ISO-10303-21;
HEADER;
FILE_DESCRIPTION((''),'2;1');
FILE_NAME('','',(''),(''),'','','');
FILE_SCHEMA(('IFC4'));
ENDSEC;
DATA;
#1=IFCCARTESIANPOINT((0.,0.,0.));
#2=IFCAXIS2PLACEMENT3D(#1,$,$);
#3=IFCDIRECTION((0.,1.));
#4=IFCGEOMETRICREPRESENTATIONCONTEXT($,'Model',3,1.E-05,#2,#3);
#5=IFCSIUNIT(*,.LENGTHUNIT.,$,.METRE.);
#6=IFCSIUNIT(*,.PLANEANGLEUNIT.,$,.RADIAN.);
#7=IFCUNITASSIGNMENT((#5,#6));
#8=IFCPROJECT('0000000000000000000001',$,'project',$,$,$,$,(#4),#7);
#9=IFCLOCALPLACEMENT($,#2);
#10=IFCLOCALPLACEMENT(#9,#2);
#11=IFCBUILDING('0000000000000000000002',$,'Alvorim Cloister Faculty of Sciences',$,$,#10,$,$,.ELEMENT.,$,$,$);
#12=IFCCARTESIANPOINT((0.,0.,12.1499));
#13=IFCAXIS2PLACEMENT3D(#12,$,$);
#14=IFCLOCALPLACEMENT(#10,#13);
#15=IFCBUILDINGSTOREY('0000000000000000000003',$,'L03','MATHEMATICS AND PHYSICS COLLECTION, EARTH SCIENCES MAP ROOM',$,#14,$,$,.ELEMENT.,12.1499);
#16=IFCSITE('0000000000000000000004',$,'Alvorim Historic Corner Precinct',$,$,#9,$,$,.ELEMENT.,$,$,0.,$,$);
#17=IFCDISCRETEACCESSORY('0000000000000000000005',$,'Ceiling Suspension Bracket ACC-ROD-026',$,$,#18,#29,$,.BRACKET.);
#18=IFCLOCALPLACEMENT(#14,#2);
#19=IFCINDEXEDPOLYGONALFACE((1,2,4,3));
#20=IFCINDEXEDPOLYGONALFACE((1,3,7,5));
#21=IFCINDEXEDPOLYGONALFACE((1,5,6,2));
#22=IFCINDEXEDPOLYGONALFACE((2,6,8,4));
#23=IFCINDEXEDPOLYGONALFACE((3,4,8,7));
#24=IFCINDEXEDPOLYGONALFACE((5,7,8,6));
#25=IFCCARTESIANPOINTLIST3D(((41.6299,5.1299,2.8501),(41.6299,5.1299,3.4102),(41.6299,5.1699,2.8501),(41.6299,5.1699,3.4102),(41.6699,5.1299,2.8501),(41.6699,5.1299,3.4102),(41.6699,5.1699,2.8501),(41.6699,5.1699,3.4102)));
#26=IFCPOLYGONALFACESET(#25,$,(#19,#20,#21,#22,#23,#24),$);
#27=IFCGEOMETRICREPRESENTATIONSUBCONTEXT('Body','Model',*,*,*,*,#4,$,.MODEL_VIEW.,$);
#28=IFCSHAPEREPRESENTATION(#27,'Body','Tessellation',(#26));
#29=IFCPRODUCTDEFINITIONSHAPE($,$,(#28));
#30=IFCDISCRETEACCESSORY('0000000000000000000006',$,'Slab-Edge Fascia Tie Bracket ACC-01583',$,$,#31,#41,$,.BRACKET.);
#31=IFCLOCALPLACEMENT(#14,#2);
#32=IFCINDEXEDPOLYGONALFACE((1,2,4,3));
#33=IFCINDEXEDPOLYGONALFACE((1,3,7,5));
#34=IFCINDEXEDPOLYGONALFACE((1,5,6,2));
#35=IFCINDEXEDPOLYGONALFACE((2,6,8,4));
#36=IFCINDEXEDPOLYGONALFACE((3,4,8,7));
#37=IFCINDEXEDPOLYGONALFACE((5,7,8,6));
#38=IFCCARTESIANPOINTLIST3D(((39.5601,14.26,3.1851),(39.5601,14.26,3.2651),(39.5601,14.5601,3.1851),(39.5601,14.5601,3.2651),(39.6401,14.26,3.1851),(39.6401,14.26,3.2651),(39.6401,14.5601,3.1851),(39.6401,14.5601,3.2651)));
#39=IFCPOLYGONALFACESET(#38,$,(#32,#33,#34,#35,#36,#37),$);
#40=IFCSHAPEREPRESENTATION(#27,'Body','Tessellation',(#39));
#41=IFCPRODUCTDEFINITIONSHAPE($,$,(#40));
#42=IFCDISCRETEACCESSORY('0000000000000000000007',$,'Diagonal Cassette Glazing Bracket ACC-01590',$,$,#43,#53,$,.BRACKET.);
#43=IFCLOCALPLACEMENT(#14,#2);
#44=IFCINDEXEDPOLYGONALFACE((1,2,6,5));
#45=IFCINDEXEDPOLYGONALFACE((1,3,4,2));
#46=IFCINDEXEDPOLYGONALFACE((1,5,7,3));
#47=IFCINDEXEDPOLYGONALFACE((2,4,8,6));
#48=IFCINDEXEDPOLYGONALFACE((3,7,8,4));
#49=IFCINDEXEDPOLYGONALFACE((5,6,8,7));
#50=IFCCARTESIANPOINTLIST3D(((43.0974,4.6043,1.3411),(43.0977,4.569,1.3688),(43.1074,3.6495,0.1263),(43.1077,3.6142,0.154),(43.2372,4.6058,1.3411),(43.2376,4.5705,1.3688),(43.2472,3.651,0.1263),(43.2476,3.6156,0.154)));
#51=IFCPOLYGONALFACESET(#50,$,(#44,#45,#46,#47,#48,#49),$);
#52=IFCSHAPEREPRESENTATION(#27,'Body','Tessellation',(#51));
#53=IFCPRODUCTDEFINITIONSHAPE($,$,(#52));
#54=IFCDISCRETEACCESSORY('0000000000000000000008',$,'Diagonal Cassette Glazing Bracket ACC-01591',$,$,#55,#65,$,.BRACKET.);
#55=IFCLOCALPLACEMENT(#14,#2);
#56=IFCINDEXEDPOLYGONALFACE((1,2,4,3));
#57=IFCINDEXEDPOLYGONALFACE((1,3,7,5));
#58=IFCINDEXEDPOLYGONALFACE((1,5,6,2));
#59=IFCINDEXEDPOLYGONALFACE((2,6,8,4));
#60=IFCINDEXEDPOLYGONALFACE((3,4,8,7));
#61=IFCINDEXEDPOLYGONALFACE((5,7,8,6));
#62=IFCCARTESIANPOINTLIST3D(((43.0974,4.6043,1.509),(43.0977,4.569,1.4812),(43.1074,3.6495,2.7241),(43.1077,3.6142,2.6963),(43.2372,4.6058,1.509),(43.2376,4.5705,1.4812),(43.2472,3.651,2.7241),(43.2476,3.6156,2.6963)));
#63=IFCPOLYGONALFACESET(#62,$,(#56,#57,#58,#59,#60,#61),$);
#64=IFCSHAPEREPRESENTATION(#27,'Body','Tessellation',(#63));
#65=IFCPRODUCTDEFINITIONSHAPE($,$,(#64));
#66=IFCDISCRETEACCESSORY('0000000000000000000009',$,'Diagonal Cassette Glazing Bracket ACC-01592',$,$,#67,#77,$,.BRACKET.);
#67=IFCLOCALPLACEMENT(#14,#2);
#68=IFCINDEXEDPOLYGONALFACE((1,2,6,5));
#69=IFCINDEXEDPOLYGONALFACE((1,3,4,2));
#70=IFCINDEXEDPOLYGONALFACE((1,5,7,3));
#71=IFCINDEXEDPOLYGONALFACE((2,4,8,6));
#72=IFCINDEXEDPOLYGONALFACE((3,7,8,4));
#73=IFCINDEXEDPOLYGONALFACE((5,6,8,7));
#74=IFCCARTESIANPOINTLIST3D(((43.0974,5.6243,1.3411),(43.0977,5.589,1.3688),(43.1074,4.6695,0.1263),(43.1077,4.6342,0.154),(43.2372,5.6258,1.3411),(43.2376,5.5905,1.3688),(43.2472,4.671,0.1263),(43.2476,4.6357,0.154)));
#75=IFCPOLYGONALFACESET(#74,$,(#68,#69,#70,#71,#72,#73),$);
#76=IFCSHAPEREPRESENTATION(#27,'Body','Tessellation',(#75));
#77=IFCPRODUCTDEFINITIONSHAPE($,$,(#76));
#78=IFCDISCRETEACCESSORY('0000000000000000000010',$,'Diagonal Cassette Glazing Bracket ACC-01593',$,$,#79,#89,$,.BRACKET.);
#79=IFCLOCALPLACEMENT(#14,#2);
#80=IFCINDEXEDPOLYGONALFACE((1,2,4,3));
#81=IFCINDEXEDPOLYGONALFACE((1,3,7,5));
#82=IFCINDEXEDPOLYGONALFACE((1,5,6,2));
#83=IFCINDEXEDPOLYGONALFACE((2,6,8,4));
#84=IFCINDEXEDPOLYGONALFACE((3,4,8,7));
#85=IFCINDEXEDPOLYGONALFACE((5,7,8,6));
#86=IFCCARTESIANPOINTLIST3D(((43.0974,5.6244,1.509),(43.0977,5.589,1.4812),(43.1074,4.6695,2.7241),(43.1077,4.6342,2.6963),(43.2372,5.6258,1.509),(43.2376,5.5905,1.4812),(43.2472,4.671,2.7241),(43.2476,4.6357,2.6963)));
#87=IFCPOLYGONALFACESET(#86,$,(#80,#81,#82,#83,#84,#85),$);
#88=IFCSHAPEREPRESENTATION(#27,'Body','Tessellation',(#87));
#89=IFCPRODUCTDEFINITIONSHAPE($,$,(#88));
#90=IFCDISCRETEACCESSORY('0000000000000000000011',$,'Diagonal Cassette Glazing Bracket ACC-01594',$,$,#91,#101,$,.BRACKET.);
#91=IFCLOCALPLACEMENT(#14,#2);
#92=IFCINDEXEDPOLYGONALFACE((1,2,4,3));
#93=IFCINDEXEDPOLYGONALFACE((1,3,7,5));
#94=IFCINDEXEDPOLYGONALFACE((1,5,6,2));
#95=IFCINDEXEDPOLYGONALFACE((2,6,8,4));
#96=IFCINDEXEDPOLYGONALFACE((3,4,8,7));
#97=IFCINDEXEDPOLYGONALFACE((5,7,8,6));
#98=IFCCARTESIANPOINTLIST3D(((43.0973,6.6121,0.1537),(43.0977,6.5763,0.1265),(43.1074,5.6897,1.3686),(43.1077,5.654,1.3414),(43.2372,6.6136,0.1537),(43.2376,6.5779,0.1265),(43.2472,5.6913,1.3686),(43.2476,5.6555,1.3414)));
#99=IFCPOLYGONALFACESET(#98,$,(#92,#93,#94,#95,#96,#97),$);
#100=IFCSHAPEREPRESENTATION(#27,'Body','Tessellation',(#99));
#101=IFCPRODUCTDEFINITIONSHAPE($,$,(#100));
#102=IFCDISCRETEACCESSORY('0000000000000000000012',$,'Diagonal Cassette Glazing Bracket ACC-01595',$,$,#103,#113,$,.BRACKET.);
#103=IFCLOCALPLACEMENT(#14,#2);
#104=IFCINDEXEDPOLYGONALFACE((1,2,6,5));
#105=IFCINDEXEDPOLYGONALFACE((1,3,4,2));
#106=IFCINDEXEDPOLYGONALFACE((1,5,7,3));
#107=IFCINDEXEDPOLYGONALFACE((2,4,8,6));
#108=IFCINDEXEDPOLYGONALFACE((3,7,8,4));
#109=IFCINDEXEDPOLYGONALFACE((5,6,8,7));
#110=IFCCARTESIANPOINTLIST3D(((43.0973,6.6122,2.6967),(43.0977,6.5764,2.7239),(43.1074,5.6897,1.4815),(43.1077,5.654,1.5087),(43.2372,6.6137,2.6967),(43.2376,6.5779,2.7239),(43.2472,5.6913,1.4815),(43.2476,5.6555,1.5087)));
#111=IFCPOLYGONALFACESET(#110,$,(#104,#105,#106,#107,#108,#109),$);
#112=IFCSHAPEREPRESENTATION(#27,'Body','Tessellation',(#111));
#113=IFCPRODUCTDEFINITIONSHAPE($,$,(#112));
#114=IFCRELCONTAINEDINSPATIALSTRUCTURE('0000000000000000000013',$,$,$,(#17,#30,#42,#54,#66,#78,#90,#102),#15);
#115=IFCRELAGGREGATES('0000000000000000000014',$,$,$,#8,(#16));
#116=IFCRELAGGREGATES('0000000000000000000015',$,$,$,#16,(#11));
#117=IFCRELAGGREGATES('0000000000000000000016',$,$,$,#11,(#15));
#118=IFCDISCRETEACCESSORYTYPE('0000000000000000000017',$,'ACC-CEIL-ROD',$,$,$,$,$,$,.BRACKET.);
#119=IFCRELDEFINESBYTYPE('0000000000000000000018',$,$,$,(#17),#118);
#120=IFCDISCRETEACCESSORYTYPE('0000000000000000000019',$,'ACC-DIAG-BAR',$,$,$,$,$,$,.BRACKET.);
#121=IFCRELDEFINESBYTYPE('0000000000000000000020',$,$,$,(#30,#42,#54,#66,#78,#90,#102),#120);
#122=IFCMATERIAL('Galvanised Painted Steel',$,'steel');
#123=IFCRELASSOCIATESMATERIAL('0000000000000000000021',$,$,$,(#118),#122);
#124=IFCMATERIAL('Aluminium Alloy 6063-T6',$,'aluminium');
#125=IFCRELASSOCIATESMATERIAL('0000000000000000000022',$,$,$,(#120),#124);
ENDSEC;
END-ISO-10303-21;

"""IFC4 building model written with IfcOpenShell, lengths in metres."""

from ifc_helpers import new_model, si_unit, direction, frame, origin, origin_2d, place, context, subcontext, project, spatial, rectangle, extrude, material, type_object, element, save


model = new_model("IFC4")

# Units and contexts
model_context = context("Model", 3, precision=1e-05, world=origin(), true_north=direction((0.0, 1.0)))
body_context = subcontext(model_context, "Body", "Model", "MODEL_VIEW")
ifc_project = project(units=[si_unit("LENGTHUNIT", "METRE"), si_unit("PLANEANGLEUNIT", "RADIAN")], contexts=[model_context])

# Site, building, storey
site_placement = place(None, origin())
site = spatial("IfcSite", under=ifc_project, at=site_placement, Name="Alvorim Historic Corner Precinct", CompositionType="ELEMENT", RefElevation=0.0)
building_placement = place(site_placement, origin())
building = spatial("IfcBuilding", under=site, at=building_placement, Name="Alvorim Cloister Faculty of Sciences", CompositionType="ELEMENT")
storey_placement = place(building_placement, frame((0.0, 0.0, 12.1499)))
storey = spatial("IfcBuildingStorey", under=building, at=storey_placement, Name="L03", Description="MATHEMATICS AND PHYSICS COLLECTION, EARTH SCIENCES MAP ROOM", CompositionType="ELEMENT", Elevation=12.1499)

# Shared definitions
ifc_material_1 = material(Name="Aluminium Alloy 6063-T6", Category="aluminium")

# Discrete accessories
ifc_material_2 = material(Name="Galvanised Painted Steel", Category="steel")
discrete_accessory_type_1 = type_object("IfcDiscreteAccessoryType", Name="ACC-CEIL-ROD", PredefinedType="BRACKET", material=ifc_material_2)
discrete_accessory_1_placement = place(storey_placement, frame((41.6499, 5.1499, 2.8501), z_axis=(0.0, 0.0, 1.0), x_axis=(1.0, 0.0, 0.0)))
element("IfcDiscreteAccessory", 1, at=discrete_accessory_1_placement, inside=storey, type_object=discrete_accessory_type_1, Name="Ceiling Suspension Bracket ACC-ROD-026", PredefinedType="BRACKET", context=body_context, shape_type="SweptSolid", body=[
    extrude(rectangle(XDim=0.04, YDim=0.04, at=origin_2d()), origin(), (0.0, 0.0, 1.0), 0.5601),
])
discrete_accessory_type_2 = type_object("IfcDiscreteAccessoryType", Name="ACC-DIAG-BAR", PredefinedType="BRACKET", material=ifc_material_1)
discrete_accessory_2_placement = place(storey_placement, frame((39.6001, 14.26, 3.2251), z_axis=(0.0, 1.0, 0.0), x_axis=(-1.0, 0.0, 0.0)))
element("IfcDiscreteAccessory", 2, at=discrete_accessory_2_placement, inside=storey, type_object=discrete_accessory_type_2, Name="Slab-Edge Fascia Tie Bracket ACC-01583", PredefinedType="BRACKET", context=body_context, shape_type="SweptSolid", body=[
    extrude(rectangle(XDim=0.0801, YDim=0.0801, at=origin_2d()), origin(), (0.0, 0.0, 1.0), 0.3),
])
discrete_accessory_3_placement = place(storey_placement, frame((43.1775, 3.6326, 0.1401), z_axis=(-0.006478, 0.617934, 0.786203), x_axis=(-0.999945, -0.010483, 0.0)))
element("IfcDiscreteAccessory", 3, at=discrete_accessory_3_placement, inside=storey, type_object=discrete_accessory_type_2, Name="Diagonal Cassette Glazing Bracket ACC-01590", PredefinedType="BRACKET", context=body_context, shape_type="SweptSolid", body=[
    extrude(rectangle(XDim=0.1399, YDim=0.0449, at=origin_2d()), origin(), (0.0, 0.0, 1.0), 1.5452),
])
discrete_accessory_4_placement = place(storey_placement, frame((43.1775, 3.6326, 2.7102), z_axis=(-0.006477, 0.617857, -0.786263), x_axis=(-0.999945, -0.010483, 0.0)))
element("IfcDiscreteAccessory", 4, at=discrete_accessory_4_placement, inside=storey, type_object=discrete_accessory_type_2, Name="Diagonal Cassette Glazing Bracket ACC-01591", PredefinedType="BRACKET", context=body_context, shape_type="SweptSolid", body=[
    extrude(rectangle(XDim=0.1399, YDim=0.0449, at=origin_2d()), origin(), (0.0, 0.0, 1.0), 1.5454),
])
discrete_accessory_5_placement = place(storey_placement, frame((43.1775, 4.6526, 0.1401), z_axis=(-0.006478, 0.617934, 0.786203), x_axis=(-0.999945, -0.010483, 0.0)))
element("IfcDiscreteAccessory", 5, at=discrete_accessory_5_placement, inside=storey, type_object=discrete_accessory_type_2, Name="Diagonal Cassette Glazing Bracket ACC-01592", PredefinedType="BRACKET", context=body_context, shape_type="SweptSolid", body=[
    extrude(rectangle(XDim=0.1399, YDim=0.0449, at=origin_2d()), origin(), (0.0, 0.0, 1.0), 1.5452),
])
discrete_accessory_6_placement = place(storey_placement, frame((43.1775, 4.6526, 2.7102), z_axis=(-0.006477, 0.617857, -0.786263), x_axis=(-0.999945, -0.010483, 0.0)))
element("IfcDiscreteAccessory", 6, at=discrete_accessory_6_placement, inside=storey, type_object=discrete_accessory_type_2, Name="Diagonal Cassette Glazing Bracket ACC-01593", PredefinedType="BRACKET", context=body_context, shape_type="SweptSolid", body=[
    extrude(rectangle(XDim=0.1399, YDim=0.0449, at=origin_2d()), origin(), (0.0, 0.0, 1.0), 1.5454),
])
discrete_accessory_7_placement = place(storey_placement, frame((43.1775, 5.6726, 1.355), z_axis=(-0.006562, 0.604689, -0.796435), x_axis=(-0.999941, -0.010852, 0.0)))
element("IfcDiscreteAccessory", 7, at=discrete_accessory_7_placement, inside=storey, type_object=discrete_accessory_type_2, Name="Diagonal Cassette Glazing Bracket ACC-01594", PredefinedType="BRACKET", context=body_context, shape_type="SweptSolid", body=[
    extrude(rectangle(XDim=0.1399, YDim=0.0449, at=origin_2d()), origin(), (0.0, 0.0, 1.0), 1.5254),
])
discrete_accessory_8_placement = place(storey_placement, frame((43.1775, 5.6726, 1.4951), z_axis=(-0.006561, 0.604612, 0.796493), x_axis=(-0.999941, -0.010852, 0.0)))
element("IfcDiscreteAccessory", 8, at=discrete_accessory_8_placement, inside=storey, type_object=discrete_accessory_type_2, Name="Diagonal Cassette Glazing Bracket ACC-01595", PredefinedType="BRACKET", context=body_context, shape_type="SweptSolid", body=[
    extrude(rectangle(XDim=0.1399, YDim=0.0449, at=origin_2d()), origin(), (0.0, 0.0, 1.0), 1.5256),
])

save(model, "model.ifc")
